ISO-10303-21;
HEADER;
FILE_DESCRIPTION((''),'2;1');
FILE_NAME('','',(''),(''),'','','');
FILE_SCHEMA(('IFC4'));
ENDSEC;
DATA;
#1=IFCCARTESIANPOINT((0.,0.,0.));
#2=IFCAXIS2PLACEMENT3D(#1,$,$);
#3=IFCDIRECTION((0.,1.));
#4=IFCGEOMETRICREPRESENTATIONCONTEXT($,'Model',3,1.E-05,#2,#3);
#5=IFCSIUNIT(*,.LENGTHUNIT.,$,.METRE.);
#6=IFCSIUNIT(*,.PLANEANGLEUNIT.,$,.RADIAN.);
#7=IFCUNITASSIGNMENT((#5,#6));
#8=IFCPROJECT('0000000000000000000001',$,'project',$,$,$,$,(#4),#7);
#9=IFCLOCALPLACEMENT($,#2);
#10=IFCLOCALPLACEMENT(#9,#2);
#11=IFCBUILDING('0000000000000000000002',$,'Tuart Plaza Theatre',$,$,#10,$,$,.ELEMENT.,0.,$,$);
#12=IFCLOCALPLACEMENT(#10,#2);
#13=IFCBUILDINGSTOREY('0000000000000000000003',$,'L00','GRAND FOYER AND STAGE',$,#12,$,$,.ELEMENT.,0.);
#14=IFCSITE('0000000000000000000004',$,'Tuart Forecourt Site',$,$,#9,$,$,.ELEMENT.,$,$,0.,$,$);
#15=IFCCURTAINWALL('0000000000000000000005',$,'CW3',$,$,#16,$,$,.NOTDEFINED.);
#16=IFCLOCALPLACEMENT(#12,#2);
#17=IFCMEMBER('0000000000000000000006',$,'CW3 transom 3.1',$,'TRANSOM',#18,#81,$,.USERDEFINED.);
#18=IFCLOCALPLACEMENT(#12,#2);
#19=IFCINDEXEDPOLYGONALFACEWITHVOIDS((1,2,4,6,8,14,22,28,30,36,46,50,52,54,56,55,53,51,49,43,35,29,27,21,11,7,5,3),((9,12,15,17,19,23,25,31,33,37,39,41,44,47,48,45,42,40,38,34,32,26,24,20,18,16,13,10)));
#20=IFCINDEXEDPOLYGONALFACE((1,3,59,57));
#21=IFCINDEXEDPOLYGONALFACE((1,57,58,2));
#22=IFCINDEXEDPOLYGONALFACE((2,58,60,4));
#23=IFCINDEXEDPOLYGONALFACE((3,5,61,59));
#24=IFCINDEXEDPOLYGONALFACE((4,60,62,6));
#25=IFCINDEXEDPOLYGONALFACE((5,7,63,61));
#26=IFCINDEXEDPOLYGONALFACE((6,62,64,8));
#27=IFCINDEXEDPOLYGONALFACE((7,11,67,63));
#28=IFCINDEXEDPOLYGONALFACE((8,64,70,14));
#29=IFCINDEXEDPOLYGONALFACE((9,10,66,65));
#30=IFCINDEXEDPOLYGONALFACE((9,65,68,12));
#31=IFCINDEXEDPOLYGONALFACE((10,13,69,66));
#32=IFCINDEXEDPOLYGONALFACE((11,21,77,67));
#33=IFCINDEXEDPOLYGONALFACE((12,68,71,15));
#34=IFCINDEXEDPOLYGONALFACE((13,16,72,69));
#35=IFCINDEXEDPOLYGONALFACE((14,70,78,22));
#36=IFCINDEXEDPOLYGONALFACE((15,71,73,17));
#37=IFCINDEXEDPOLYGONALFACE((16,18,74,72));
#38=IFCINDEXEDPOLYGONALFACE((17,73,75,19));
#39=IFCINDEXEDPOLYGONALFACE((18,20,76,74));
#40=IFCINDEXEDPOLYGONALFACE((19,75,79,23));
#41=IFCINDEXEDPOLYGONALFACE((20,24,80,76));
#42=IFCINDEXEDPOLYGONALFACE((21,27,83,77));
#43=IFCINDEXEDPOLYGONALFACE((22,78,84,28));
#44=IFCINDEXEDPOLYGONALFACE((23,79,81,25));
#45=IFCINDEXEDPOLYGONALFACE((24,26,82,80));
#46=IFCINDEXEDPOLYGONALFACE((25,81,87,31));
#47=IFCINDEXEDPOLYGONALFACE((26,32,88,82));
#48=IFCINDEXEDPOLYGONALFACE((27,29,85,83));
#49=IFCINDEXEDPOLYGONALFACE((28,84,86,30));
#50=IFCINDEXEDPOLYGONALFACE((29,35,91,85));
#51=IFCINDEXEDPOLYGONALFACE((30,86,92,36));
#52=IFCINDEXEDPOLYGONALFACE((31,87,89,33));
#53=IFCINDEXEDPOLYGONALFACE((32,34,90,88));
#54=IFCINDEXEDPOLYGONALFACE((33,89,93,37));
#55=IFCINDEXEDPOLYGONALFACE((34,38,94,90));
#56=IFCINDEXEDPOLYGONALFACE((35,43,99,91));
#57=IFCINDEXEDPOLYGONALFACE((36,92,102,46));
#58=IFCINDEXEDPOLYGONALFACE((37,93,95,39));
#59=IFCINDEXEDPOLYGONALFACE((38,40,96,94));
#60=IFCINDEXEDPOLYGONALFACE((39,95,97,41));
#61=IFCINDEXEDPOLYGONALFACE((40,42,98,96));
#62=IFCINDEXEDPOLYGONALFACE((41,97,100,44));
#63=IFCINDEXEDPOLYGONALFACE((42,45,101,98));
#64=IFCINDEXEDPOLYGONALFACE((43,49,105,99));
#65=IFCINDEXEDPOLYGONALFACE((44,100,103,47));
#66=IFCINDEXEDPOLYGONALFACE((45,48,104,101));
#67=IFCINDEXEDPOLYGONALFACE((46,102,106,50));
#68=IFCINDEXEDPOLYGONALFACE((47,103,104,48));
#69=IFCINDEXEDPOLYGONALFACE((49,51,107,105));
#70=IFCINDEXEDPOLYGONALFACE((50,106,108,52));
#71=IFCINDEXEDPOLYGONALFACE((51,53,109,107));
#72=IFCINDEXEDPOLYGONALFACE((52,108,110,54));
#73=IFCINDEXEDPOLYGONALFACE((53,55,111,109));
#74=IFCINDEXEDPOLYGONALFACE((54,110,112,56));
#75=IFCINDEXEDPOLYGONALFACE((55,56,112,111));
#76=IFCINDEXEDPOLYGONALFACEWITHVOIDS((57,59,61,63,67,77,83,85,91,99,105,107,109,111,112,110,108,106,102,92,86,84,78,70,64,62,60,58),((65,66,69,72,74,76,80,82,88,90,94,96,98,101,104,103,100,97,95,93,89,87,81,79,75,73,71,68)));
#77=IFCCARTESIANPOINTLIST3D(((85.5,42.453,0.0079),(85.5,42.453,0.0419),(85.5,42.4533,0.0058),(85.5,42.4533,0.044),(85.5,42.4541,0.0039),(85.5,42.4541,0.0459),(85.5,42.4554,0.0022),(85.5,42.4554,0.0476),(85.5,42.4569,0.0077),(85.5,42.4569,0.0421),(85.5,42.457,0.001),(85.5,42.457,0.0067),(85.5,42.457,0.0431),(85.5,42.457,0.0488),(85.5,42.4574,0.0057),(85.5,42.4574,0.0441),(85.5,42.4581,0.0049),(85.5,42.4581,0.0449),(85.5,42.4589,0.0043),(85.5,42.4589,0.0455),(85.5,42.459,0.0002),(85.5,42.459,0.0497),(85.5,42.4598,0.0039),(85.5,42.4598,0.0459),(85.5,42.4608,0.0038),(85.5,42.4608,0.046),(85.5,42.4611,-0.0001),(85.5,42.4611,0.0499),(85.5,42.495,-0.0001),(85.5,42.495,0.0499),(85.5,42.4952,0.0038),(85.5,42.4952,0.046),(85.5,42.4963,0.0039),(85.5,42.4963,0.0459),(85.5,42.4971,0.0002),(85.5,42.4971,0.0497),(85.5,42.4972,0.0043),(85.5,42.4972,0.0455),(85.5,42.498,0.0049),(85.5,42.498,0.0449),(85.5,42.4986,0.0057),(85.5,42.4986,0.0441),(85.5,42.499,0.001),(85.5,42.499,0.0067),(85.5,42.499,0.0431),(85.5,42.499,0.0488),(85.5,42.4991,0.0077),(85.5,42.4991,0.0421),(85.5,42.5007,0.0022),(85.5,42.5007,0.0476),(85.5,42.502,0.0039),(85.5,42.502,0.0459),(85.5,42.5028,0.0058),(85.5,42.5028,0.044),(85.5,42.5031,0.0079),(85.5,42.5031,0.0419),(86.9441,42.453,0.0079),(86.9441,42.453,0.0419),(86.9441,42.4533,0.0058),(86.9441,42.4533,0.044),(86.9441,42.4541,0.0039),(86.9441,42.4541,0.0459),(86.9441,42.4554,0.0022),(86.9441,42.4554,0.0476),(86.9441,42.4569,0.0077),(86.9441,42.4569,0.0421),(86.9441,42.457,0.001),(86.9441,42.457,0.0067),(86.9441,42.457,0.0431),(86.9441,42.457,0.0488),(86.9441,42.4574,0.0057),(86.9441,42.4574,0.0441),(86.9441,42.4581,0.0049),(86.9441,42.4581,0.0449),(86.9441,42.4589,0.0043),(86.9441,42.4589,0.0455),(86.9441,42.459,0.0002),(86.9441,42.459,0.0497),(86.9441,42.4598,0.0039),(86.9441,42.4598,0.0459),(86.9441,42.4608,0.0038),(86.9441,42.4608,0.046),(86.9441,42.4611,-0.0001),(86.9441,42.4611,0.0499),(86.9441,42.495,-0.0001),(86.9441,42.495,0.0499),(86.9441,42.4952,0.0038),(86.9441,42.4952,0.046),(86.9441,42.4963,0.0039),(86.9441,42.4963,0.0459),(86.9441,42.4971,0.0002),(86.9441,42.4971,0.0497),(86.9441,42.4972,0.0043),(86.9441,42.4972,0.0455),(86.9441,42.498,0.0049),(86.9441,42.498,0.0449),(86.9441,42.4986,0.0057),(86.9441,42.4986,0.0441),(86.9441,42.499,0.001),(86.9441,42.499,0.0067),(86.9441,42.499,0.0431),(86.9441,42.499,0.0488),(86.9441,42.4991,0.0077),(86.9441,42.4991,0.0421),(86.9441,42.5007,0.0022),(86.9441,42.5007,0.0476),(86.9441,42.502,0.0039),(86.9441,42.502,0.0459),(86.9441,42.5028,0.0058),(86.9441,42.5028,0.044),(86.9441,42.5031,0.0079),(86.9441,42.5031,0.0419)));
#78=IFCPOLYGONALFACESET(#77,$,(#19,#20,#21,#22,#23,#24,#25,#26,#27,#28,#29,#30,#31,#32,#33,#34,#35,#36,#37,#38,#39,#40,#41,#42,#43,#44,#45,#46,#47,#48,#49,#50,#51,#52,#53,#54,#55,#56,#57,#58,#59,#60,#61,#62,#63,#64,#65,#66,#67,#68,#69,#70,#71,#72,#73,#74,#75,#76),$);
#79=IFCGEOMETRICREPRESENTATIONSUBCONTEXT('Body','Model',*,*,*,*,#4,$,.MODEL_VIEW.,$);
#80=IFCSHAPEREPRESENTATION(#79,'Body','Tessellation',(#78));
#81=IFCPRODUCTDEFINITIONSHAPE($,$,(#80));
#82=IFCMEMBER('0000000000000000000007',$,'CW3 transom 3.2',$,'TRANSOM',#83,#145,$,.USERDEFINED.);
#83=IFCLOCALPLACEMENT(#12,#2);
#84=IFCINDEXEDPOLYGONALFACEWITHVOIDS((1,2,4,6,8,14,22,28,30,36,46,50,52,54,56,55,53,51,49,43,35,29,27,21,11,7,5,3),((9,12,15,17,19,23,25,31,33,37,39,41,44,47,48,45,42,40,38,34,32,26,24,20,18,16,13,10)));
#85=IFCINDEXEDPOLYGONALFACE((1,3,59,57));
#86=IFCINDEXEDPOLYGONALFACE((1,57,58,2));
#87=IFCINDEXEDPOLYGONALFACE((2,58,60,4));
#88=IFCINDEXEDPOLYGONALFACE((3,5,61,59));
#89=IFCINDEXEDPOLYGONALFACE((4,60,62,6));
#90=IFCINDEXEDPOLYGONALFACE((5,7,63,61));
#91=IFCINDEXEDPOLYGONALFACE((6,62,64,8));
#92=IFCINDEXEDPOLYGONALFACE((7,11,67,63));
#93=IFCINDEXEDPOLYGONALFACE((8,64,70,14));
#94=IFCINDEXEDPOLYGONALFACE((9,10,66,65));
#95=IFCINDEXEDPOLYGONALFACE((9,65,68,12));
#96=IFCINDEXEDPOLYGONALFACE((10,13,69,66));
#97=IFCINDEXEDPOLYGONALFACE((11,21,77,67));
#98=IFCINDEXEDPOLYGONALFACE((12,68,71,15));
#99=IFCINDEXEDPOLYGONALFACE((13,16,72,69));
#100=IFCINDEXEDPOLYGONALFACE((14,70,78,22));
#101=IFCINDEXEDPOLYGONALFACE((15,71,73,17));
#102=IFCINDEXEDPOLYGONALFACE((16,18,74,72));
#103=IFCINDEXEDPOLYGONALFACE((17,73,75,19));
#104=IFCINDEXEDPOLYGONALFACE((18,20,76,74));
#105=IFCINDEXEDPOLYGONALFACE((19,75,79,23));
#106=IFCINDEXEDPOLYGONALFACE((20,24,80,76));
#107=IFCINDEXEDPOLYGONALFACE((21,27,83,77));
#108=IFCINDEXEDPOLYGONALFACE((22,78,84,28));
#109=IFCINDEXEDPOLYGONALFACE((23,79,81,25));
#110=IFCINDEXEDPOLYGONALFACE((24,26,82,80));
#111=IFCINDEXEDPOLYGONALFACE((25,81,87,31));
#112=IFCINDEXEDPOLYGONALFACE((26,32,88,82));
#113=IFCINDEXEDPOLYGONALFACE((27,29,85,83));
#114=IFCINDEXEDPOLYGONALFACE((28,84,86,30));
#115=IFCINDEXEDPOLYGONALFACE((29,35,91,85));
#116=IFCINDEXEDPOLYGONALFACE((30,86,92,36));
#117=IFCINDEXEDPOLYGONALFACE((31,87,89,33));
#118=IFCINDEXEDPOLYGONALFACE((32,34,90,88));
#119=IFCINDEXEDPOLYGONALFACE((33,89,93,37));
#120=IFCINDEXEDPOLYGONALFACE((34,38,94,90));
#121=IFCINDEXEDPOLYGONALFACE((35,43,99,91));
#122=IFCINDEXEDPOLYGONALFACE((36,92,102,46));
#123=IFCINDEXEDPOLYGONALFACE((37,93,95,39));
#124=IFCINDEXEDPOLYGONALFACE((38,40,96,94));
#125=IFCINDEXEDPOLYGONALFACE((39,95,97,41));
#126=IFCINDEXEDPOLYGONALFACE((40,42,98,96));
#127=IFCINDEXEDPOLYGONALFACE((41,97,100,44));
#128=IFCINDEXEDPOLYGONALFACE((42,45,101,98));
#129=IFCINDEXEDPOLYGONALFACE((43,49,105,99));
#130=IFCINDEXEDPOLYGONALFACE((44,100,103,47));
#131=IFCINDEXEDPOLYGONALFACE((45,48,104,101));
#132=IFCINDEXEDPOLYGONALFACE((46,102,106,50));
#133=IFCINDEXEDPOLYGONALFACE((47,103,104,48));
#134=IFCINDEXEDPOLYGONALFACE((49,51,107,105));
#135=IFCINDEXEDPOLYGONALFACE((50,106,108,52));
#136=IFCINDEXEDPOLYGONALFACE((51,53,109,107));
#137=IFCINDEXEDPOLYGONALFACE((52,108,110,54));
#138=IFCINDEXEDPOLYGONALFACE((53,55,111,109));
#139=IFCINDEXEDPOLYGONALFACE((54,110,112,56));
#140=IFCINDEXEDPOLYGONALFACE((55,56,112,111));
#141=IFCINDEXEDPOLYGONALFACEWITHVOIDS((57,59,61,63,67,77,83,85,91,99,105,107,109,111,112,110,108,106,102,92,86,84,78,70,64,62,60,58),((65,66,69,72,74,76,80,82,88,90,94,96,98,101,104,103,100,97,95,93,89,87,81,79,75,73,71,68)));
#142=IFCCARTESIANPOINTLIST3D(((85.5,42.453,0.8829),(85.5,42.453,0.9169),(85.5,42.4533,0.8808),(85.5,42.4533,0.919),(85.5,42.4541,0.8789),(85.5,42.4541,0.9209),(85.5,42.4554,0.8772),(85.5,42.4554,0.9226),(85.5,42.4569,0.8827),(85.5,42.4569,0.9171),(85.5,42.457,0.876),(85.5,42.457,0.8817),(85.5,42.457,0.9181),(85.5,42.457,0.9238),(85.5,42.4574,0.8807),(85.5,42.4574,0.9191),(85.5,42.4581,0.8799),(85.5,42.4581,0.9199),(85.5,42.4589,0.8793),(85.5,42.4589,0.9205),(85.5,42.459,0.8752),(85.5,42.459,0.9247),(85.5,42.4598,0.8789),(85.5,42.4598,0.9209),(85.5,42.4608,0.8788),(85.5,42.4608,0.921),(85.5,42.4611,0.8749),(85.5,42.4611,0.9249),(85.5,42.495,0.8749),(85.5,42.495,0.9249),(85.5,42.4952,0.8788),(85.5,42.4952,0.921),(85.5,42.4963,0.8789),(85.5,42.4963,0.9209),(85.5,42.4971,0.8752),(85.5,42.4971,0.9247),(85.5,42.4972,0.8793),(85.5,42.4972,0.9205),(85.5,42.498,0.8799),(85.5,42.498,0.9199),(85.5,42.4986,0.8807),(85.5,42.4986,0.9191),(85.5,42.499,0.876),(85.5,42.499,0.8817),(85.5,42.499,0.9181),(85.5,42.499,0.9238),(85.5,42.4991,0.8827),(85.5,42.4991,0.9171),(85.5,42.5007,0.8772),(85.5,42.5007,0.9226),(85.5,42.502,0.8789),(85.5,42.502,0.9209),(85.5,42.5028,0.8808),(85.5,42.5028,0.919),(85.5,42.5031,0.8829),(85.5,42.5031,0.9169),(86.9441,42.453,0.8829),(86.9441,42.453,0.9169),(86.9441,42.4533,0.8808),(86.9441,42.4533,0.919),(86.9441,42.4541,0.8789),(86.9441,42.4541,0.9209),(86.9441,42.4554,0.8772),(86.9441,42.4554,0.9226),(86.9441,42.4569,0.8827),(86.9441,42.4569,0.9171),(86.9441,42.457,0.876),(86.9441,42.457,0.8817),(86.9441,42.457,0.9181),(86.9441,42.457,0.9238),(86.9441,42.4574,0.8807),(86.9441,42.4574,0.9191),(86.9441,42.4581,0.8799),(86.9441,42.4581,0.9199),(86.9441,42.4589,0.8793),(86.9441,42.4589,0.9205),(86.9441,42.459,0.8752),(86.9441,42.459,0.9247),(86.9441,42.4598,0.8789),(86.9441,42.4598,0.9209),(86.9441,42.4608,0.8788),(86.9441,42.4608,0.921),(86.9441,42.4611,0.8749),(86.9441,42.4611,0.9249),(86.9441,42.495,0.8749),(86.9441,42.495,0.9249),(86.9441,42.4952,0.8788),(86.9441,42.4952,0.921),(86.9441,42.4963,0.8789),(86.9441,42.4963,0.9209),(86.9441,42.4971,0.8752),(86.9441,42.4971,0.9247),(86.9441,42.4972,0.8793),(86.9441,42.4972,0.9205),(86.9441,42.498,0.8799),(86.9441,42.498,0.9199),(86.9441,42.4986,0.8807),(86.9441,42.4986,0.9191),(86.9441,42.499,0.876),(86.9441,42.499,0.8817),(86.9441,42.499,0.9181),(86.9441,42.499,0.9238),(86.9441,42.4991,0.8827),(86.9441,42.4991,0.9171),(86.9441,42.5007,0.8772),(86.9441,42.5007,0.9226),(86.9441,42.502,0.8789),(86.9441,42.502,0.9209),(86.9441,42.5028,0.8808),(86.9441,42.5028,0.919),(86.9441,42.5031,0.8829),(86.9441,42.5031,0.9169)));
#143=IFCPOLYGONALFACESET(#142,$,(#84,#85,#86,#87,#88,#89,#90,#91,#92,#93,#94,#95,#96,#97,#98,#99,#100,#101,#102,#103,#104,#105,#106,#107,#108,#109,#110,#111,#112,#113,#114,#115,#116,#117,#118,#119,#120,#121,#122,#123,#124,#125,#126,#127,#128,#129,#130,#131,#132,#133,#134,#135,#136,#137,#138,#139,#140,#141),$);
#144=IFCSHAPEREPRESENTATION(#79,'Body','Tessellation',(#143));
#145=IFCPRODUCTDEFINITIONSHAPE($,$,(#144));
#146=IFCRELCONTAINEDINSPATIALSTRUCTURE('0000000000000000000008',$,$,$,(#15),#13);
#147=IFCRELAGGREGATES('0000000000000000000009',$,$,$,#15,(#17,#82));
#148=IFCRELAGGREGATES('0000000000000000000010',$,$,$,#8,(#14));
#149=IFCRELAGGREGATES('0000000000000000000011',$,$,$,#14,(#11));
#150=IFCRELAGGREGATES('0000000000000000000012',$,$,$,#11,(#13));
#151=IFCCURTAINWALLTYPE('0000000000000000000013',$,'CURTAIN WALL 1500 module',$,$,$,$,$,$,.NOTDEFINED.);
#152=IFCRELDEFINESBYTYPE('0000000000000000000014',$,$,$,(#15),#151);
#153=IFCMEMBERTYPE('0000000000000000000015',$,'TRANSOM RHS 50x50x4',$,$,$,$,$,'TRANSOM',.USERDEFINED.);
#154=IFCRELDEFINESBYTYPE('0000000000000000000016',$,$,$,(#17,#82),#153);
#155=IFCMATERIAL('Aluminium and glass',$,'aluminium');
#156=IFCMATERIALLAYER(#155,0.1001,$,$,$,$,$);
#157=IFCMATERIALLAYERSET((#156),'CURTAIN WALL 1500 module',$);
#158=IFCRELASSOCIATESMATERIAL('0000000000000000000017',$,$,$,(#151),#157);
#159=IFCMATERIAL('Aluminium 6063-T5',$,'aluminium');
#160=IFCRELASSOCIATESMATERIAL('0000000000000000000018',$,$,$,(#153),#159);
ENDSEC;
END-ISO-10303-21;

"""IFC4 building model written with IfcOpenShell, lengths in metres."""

from ifc_helpers import new_model, si_unit, direction, frame, origin, origin_2d, place, context, subcontext, project, spatial, hollow_rectangle, extrude, material, layer, layer_set, material_profile, profile_set, type_object, element, aggregate, save


model = new_model("IFC4")

# Units and contexts
model_context = context("Model", 3, precision=1e-05, world=origin(), true_north=direction((0.0, 1.0)))
body_context = subcontext(model_context, "Body", "Model", "MODEL_VIEW")
ifc_project = project(units=[si_unit("LENGTHUNIT", "METRE"), si_unit("PLANEANGLEUNIT", "RADIAN")], contexts=[model_context])

# Site, building, storey
site_placement = place(None, origin())
site = spatial("IfcSite", under=ifc_project, at=site_placement, Name="Tuart Forecourt Site", CompositionType="ELEMENT", RefElevation=0.0)
building_placement = place(site_placement, origin())
building = spatial("IfcBuilding", under=site, at=building_placement, Name="Tuart Plaza Theatre", CompositionType="ELEMENT", ElevationOfRefHeight=0.0)
storey_placement = place(building_placement, origin())
storey = spatial("IfcBuildingStorey", under=building, at=storey_placement, Name="L00", Description="GRAND FOYER AND STAGE", CompositionType="ELEMENT", Elevation=0.0)

# Curtain wall, members
ifc_material_1 = material(Name="Aluminium and glass", Category="aluminium")
ifc_layer_1 = layer(ifc_material_1, 0.1001)
ifc_layer_set_1 = layer_set([ifc_layer_1], Name="CURTAIN WALL 1500 module")
curtain_wall_type = type_object("IfcCurtainWallType", Name="CURTAIN WALL 1500 module", PredefinedType="NOTDEFINED", material=ifc_layer_set_1)
curtain_wall_placement = place(storey_placement, origin())
curtain_wall = element("IfcCurtainWall", 1, at=curtain_wall_placement, inside=storey, type_object=curtain_wall_type, Name="CW3", PredefinedType="NOTDEFINED")
ifc_material_2 = material(Name="Aluminium 6063-T5", Category="aluminium")
ifc_material_profile_1 = material_profile(ifc_material_2, hollow_rectangle(XDim=0.05, YDim=0.05, WallThickness=0.0039, InnerFilletRadius=0.0039, OuterFilletRadius=0.0081, at=origin_2d()), Name="RHS 50x50x4")
ifc_profile_set_1 = profile_set([ifc_material_profile_1], Name="Aluminium 6063-T5")
member_type_1 = type_object("IfcMemberType", Name="TRANSOM RHS 50x50x4", ElementType="TRANSOM", PredefinedType="USERDEFINED", material=ifc_profile_set_1)
member_1_placement = place(storey_placement, frame((85.5, 42.478, 0.0249), z_axis=(1.0, 0.0, 0.0), x_axis=(0.0, 1.0, 0.0)))
member_1 = element("IfcMember", 2, at=member_1_placement, type_object=member_type_1, Name="CW3 transom 3.1", ObjectType="TRANSOM", PredefinedType="USERDEFINED", context=body_context, shape_type="SweptSolid", body=[
    extrude(hollow_rectangle(XDim=0.05, YDim=0.05, WallThickness=0.0039, InnerFilletRadius=0.0039, OuterFilletRadius=0.0081, at=origin_2d()), origin(), (0.0, 0.0, 1.0), 1.4441),
])
member_2_placement = place(storey_placement, frame((85.5, 42.478, 0.8999), z_axis=(1.0, 0.0, 0.0), x_axis=(0.0, 1.0, 0.0)))
member_2 = element("IfcMember", 3, at=member_2_placement, type_object=member_type_1, Name="CW3 transom 3.2", ObjectType="TRANSOM", PredefinedType="USERDEFINED", context=body_context, shape_type="SweptSolid", body=[
    extrude(hollow_rectangle(XDim=0.05, YDim=0.05, WallThickness=0.0039, InnerFilletRadius=0.0039, OuterFilletRadius=0.0081, at=origin_2d()), origin(), (0.0, 0.0, 1.0), 1.4441),
])
aggregate(curtain_wall, [member_1, member_2])

save(model, "model.ifc")
